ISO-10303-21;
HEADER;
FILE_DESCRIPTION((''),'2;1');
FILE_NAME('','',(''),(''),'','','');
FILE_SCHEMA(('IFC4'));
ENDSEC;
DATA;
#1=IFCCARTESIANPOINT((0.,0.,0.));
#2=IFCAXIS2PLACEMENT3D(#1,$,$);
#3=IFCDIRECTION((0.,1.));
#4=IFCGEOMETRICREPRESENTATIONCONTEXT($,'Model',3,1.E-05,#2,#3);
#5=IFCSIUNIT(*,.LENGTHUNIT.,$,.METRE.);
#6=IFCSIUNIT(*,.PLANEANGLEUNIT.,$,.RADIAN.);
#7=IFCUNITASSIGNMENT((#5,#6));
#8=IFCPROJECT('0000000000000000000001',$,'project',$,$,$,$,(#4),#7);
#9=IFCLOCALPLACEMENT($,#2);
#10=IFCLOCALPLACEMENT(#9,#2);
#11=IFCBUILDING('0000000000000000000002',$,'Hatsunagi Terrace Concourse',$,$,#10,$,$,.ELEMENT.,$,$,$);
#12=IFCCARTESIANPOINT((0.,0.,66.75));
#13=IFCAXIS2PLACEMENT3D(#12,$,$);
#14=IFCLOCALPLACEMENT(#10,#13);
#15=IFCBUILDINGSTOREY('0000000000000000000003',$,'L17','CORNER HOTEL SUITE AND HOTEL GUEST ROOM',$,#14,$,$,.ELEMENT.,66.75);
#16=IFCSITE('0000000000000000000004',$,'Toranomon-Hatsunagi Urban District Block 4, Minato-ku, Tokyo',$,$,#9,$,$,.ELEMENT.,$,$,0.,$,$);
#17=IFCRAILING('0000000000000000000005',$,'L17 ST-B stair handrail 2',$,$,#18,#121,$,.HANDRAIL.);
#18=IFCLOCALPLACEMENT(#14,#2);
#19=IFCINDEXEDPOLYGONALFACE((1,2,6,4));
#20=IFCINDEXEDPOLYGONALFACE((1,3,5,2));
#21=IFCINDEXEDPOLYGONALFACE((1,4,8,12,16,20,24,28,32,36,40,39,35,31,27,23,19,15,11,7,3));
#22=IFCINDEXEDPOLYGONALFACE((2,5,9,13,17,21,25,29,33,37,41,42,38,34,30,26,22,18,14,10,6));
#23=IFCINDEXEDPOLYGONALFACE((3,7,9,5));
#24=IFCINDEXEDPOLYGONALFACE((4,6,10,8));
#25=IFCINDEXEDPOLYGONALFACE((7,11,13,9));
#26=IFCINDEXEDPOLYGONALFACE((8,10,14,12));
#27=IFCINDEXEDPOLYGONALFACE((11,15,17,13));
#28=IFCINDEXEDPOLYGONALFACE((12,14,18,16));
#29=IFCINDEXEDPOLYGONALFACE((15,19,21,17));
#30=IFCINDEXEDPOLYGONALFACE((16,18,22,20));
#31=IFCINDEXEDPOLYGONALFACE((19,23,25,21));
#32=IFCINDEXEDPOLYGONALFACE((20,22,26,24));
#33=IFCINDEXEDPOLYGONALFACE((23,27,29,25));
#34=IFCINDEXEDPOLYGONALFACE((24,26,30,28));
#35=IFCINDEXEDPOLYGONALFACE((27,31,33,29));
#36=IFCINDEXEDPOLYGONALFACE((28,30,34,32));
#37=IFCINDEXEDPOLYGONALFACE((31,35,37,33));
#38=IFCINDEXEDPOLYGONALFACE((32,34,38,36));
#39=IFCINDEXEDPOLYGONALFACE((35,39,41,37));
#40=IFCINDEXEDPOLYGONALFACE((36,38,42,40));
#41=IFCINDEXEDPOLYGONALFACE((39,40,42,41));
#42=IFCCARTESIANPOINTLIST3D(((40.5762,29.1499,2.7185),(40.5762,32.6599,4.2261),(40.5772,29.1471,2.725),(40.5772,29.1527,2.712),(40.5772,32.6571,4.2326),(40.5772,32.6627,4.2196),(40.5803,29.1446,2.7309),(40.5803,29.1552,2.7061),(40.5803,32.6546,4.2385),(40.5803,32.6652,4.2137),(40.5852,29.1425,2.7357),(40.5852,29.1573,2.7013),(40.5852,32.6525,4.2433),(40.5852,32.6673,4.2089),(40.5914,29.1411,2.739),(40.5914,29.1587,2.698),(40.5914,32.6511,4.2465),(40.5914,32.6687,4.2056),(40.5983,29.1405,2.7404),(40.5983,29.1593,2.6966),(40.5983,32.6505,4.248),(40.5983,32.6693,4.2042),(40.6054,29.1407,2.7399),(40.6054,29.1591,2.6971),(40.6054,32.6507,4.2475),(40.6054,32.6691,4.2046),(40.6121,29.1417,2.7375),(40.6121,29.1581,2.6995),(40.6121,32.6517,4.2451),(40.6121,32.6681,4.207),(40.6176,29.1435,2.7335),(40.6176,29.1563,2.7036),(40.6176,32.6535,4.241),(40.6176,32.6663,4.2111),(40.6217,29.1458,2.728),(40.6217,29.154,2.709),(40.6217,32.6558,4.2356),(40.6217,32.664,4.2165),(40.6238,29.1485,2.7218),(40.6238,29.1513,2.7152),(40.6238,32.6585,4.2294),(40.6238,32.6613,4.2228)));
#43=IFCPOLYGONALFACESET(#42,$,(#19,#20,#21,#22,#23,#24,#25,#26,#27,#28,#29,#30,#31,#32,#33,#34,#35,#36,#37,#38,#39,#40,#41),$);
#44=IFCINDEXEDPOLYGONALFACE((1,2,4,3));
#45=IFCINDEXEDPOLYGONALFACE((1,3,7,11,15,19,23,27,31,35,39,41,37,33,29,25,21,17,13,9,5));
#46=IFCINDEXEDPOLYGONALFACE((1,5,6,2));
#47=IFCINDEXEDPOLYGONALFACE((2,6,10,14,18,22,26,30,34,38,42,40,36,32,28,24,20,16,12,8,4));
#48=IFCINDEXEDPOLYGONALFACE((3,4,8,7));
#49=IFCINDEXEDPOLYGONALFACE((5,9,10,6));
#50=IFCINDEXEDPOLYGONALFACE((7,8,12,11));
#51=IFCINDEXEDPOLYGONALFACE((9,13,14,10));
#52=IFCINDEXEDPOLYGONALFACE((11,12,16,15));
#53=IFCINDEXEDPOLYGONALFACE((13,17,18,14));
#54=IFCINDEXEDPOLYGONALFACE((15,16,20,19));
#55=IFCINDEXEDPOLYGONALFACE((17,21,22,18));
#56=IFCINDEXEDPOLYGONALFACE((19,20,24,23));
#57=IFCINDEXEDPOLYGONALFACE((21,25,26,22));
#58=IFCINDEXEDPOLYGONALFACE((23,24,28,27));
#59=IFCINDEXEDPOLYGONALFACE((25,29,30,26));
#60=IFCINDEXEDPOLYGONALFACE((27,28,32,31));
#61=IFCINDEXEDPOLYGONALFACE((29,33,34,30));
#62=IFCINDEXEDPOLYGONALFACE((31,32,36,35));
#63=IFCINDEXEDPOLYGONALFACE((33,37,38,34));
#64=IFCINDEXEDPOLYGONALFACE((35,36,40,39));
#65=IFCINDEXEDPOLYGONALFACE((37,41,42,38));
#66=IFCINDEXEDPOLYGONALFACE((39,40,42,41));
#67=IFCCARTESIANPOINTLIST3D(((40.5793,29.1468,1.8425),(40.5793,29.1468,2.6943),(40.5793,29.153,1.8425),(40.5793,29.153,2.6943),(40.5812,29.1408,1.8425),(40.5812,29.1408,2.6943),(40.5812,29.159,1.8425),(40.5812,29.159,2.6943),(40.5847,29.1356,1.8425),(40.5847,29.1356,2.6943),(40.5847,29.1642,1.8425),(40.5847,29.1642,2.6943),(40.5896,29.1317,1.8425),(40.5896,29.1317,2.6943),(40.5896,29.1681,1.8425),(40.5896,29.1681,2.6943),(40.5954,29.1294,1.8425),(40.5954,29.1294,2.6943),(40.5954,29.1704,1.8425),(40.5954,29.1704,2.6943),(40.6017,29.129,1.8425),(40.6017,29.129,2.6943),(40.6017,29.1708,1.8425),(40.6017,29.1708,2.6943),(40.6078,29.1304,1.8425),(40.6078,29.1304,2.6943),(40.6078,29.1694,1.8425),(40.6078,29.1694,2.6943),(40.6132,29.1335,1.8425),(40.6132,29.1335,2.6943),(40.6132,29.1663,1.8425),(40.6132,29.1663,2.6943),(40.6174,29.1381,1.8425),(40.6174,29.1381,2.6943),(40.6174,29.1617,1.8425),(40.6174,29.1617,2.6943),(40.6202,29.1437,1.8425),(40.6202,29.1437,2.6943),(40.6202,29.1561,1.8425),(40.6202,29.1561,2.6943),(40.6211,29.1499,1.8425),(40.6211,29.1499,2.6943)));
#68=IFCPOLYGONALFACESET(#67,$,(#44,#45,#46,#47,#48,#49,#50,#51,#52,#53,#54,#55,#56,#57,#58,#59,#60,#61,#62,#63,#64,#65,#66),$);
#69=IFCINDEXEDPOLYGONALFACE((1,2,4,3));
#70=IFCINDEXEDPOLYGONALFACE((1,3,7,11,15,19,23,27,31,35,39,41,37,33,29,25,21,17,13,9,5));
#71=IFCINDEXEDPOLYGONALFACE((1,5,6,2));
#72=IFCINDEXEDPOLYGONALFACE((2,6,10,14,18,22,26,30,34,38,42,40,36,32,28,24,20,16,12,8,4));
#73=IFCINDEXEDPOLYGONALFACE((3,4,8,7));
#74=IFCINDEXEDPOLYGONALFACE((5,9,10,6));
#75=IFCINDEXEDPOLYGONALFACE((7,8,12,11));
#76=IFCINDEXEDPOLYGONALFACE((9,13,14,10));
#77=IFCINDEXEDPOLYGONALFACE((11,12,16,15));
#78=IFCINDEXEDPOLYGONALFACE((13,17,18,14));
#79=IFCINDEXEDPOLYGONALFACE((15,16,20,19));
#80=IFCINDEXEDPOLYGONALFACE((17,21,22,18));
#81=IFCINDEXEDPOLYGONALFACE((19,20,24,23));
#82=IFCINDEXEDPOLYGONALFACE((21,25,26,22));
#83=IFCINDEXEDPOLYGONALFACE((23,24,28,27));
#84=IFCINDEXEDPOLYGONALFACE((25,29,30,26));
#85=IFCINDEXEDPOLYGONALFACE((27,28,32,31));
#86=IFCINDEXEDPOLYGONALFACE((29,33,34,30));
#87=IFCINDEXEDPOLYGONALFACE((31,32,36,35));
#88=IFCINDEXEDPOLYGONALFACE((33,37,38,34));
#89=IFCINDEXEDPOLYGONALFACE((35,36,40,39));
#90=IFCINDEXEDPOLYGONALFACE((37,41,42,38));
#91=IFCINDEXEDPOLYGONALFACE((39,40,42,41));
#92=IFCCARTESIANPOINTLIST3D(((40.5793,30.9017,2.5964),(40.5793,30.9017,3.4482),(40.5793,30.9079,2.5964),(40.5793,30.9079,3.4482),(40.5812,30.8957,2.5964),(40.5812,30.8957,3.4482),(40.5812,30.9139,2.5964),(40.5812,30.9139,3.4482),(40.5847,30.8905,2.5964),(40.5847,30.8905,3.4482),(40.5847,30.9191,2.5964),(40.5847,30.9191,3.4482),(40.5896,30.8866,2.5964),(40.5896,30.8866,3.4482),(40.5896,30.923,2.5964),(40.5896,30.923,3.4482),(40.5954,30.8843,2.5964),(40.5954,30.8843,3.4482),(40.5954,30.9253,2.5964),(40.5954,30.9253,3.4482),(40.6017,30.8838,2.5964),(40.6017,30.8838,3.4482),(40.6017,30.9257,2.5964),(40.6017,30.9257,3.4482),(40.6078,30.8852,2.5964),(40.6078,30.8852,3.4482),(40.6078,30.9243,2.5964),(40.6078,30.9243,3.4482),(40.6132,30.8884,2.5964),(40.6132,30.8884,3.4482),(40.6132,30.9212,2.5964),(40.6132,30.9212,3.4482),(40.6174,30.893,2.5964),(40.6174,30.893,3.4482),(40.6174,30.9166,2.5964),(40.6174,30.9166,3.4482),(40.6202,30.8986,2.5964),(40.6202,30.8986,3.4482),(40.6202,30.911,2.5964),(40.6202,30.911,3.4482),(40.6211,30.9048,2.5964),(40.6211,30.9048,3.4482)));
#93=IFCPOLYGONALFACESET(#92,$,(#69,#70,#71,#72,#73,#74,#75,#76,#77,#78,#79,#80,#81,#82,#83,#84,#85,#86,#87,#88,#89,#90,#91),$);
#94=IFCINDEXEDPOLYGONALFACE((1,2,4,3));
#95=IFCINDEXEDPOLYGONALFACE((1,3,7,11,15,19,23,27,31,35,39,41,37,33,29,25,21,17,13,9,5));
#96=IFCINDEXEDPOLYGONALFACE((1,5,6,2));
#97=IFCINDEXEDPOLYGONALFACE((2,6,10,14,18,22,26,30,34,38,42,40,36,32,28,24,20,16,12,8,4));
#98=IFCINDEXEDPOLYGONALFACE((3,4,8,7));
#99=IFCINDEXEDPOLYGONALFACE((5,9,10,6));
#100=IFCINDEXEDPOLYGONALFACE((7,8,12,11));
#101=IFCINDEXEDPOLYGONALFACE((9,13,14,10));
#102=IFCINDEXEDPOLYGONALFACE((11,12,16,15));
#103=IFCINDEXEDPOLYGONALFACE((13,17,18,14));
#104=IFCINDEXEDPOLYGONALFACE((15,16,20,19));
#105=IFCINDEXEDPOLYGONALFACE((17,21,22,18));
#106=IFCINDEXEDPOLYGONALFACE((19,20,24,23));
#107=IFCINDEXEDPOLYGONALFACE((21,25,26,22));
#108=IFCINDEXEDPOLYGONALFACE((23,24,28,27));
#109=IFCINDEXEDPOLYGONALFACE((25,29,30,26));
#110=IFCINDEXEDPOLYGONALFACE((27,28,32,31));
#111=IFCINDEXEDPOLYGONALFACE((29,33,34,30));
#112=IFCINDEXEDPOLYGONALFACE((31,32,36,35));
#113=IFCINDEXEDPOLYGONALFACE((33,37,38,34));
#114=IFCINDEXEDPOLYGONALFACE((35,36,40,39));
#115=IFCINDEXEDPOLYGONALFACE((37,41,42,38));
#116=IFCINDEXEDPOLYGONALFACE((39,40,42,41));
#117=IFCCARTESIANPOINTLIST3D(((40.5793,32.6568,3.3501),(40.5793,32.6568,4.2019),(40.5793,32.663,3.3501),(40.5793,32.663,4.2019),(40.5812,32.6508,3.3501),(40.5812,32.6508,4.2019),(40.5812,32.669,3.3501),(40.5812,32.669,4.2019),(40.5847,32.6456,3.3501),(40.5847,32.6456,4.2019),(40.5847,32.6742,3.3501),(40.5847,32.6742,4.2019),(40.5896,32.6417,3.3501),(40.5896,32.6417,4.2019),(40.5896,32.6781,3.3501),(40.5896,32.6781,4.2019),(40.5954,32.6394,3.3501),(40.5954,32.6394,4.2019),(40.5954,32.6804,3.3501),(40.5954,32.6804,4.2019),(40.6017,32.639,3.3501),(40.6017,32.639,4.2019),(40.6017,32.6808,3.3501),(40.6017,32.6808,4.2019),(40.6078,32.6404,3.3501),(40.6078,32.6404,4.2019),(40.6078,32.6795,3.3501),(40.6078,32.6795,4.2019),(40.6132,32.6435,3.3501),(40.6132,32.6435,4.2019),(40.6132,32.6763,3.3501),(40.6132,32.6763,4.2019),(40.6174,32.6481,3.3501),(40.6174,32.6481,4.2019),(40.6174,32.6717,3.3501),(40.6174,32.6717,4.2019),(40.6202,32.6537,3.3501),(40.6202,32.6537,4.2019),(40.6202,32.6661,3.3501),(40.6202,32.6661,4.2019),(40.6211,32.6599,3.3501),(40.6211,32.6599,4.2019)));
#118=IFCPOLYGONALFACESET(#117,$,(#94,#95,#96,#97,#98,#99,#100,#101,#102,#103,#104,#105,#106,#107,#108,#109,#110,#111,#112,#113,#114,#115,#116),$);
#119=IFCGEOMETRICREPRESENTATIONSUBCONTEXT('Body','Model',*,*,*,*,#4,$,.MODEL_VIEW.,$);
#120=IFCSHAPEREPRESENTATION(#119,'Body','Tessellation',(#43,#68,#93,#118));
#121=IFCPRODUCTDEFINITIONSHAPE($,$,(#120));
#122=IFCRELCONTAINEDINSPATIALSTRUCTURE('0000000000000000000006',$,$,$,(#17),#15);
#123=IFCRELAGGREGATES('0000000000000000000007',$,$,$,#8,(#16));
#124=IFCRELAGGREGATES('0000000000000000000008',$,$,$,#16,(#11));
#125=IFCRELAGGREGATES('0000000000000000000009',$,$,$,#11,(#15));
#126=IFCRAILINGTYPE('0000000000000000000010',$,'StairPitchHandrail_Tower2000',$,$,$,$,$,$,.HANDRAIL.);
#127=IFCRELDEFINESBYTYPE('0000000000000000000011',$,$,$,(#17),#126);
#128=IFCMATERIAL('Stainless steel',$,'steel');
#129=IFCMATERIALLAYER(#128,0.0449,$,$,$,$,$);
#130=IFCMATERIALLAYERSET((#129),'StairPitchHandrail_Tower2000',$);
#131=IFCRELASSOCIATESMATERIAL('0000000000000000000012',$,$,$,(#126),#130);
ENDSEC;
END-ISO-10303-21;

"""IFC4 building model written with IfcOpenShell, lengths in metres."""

from ifc_helpers import new_model, si_unit, direction, frame, origin, origin_2d, place, context, subcontext, project, spatial, circle, extrude, material, layer, layer_set, type_object, element, save


model = new_model("IFC4")

# Units and contexts
model_context = context("Model", 3, precision=1e-05, world=origin(), true_north=direction((0.0, 1.0)))
body_context = subcontext(model_context, "Body", "Model", "MODEL_VIEW")
ifc_project = project(units=[si_unit("LENGTHUNIT", "METRE"), si_unit("PLANEANGLEUNIT", "RADIAN")], contexts=[model_context])

# Site, building, storey
site_placement = place(None, origin())
site = spatial("IfcSite", under=ifc_project, at=site_placement, Name="Toranomon-Hatsunagi Urban District Block 4, Minato-ku, Tokyo", CompositionType="ELEMENT", RefElevation=0.0)
building_placement = place(site_placement, origin())
building = spatial("IfcBuilding", under=site, at=building_placement, Name="Hatsunagi Terrace Concourse", CompositionType="ELEMENT")
storey_placement = place(building_placement, frame((0.0, 0.0, 66.75)))
storey = spatial("IfcBuildingStorey", under=building, at=storey_placement, Name="L17", Description="CORNER HOTEL SUITE AND HOTEL GUEST ROOM", CompositionType="ELEMENT", Elevation=66.75)

# Railing
ifc_material_1 = material(Name="Stainless steel", Category="steel")
ifc_layer_1 = layer(ifc_material_1, 0.0449)
ifc_layer_set_1 = layer_set([ifc_layer_1], Name="StairPitchHandrail_Tower2000")
railing_type_1 = type_object("IfcRailingType", Name="StairPitchHandrail_Tower2000", PredefinedType="HANDRAIL", material=ifc_layer_set_1)
railing_1_placement = place(storey_placement, frame((40.6001, 29.1499, 1.8425)))
element("IfcRailing", 1, at=railing_1_placement, inside=storey, type_object=railing_type_1, Name="L17 ST-B stair handrail 2", PredefinedType="HANDRAIL", context=body_context, shape_type="SweptSolid", body=[
    extrude(circle(Radius=0.0239, at=origin_2d()), frame((0.0, 0.0, 0.876), z_axis=(0.0, 0.918834, 0.394644), x_axis=(-1.0, 0.0, 0.0)), (0.0, 0.0, 1.0), 3.8201),
    extrude(circle(Radius=0.021, at=origin_2d()), origin(), (0.0, 0.0, 1.0), 0.8518),
    extrude(circle(Radius=0.021, at=origin_2d()), frame((0.0, 1.7549, 0.7539)), (0.0, 0.0, 1.0), 0.8518),
    extrude(circle(Radius=0.021, at=origin_2d()), frame((0.0, 3.51, 1.5076)), (0.0, 0.0, 1.0), 0.8518),
])

save(model, "model.ifc")
